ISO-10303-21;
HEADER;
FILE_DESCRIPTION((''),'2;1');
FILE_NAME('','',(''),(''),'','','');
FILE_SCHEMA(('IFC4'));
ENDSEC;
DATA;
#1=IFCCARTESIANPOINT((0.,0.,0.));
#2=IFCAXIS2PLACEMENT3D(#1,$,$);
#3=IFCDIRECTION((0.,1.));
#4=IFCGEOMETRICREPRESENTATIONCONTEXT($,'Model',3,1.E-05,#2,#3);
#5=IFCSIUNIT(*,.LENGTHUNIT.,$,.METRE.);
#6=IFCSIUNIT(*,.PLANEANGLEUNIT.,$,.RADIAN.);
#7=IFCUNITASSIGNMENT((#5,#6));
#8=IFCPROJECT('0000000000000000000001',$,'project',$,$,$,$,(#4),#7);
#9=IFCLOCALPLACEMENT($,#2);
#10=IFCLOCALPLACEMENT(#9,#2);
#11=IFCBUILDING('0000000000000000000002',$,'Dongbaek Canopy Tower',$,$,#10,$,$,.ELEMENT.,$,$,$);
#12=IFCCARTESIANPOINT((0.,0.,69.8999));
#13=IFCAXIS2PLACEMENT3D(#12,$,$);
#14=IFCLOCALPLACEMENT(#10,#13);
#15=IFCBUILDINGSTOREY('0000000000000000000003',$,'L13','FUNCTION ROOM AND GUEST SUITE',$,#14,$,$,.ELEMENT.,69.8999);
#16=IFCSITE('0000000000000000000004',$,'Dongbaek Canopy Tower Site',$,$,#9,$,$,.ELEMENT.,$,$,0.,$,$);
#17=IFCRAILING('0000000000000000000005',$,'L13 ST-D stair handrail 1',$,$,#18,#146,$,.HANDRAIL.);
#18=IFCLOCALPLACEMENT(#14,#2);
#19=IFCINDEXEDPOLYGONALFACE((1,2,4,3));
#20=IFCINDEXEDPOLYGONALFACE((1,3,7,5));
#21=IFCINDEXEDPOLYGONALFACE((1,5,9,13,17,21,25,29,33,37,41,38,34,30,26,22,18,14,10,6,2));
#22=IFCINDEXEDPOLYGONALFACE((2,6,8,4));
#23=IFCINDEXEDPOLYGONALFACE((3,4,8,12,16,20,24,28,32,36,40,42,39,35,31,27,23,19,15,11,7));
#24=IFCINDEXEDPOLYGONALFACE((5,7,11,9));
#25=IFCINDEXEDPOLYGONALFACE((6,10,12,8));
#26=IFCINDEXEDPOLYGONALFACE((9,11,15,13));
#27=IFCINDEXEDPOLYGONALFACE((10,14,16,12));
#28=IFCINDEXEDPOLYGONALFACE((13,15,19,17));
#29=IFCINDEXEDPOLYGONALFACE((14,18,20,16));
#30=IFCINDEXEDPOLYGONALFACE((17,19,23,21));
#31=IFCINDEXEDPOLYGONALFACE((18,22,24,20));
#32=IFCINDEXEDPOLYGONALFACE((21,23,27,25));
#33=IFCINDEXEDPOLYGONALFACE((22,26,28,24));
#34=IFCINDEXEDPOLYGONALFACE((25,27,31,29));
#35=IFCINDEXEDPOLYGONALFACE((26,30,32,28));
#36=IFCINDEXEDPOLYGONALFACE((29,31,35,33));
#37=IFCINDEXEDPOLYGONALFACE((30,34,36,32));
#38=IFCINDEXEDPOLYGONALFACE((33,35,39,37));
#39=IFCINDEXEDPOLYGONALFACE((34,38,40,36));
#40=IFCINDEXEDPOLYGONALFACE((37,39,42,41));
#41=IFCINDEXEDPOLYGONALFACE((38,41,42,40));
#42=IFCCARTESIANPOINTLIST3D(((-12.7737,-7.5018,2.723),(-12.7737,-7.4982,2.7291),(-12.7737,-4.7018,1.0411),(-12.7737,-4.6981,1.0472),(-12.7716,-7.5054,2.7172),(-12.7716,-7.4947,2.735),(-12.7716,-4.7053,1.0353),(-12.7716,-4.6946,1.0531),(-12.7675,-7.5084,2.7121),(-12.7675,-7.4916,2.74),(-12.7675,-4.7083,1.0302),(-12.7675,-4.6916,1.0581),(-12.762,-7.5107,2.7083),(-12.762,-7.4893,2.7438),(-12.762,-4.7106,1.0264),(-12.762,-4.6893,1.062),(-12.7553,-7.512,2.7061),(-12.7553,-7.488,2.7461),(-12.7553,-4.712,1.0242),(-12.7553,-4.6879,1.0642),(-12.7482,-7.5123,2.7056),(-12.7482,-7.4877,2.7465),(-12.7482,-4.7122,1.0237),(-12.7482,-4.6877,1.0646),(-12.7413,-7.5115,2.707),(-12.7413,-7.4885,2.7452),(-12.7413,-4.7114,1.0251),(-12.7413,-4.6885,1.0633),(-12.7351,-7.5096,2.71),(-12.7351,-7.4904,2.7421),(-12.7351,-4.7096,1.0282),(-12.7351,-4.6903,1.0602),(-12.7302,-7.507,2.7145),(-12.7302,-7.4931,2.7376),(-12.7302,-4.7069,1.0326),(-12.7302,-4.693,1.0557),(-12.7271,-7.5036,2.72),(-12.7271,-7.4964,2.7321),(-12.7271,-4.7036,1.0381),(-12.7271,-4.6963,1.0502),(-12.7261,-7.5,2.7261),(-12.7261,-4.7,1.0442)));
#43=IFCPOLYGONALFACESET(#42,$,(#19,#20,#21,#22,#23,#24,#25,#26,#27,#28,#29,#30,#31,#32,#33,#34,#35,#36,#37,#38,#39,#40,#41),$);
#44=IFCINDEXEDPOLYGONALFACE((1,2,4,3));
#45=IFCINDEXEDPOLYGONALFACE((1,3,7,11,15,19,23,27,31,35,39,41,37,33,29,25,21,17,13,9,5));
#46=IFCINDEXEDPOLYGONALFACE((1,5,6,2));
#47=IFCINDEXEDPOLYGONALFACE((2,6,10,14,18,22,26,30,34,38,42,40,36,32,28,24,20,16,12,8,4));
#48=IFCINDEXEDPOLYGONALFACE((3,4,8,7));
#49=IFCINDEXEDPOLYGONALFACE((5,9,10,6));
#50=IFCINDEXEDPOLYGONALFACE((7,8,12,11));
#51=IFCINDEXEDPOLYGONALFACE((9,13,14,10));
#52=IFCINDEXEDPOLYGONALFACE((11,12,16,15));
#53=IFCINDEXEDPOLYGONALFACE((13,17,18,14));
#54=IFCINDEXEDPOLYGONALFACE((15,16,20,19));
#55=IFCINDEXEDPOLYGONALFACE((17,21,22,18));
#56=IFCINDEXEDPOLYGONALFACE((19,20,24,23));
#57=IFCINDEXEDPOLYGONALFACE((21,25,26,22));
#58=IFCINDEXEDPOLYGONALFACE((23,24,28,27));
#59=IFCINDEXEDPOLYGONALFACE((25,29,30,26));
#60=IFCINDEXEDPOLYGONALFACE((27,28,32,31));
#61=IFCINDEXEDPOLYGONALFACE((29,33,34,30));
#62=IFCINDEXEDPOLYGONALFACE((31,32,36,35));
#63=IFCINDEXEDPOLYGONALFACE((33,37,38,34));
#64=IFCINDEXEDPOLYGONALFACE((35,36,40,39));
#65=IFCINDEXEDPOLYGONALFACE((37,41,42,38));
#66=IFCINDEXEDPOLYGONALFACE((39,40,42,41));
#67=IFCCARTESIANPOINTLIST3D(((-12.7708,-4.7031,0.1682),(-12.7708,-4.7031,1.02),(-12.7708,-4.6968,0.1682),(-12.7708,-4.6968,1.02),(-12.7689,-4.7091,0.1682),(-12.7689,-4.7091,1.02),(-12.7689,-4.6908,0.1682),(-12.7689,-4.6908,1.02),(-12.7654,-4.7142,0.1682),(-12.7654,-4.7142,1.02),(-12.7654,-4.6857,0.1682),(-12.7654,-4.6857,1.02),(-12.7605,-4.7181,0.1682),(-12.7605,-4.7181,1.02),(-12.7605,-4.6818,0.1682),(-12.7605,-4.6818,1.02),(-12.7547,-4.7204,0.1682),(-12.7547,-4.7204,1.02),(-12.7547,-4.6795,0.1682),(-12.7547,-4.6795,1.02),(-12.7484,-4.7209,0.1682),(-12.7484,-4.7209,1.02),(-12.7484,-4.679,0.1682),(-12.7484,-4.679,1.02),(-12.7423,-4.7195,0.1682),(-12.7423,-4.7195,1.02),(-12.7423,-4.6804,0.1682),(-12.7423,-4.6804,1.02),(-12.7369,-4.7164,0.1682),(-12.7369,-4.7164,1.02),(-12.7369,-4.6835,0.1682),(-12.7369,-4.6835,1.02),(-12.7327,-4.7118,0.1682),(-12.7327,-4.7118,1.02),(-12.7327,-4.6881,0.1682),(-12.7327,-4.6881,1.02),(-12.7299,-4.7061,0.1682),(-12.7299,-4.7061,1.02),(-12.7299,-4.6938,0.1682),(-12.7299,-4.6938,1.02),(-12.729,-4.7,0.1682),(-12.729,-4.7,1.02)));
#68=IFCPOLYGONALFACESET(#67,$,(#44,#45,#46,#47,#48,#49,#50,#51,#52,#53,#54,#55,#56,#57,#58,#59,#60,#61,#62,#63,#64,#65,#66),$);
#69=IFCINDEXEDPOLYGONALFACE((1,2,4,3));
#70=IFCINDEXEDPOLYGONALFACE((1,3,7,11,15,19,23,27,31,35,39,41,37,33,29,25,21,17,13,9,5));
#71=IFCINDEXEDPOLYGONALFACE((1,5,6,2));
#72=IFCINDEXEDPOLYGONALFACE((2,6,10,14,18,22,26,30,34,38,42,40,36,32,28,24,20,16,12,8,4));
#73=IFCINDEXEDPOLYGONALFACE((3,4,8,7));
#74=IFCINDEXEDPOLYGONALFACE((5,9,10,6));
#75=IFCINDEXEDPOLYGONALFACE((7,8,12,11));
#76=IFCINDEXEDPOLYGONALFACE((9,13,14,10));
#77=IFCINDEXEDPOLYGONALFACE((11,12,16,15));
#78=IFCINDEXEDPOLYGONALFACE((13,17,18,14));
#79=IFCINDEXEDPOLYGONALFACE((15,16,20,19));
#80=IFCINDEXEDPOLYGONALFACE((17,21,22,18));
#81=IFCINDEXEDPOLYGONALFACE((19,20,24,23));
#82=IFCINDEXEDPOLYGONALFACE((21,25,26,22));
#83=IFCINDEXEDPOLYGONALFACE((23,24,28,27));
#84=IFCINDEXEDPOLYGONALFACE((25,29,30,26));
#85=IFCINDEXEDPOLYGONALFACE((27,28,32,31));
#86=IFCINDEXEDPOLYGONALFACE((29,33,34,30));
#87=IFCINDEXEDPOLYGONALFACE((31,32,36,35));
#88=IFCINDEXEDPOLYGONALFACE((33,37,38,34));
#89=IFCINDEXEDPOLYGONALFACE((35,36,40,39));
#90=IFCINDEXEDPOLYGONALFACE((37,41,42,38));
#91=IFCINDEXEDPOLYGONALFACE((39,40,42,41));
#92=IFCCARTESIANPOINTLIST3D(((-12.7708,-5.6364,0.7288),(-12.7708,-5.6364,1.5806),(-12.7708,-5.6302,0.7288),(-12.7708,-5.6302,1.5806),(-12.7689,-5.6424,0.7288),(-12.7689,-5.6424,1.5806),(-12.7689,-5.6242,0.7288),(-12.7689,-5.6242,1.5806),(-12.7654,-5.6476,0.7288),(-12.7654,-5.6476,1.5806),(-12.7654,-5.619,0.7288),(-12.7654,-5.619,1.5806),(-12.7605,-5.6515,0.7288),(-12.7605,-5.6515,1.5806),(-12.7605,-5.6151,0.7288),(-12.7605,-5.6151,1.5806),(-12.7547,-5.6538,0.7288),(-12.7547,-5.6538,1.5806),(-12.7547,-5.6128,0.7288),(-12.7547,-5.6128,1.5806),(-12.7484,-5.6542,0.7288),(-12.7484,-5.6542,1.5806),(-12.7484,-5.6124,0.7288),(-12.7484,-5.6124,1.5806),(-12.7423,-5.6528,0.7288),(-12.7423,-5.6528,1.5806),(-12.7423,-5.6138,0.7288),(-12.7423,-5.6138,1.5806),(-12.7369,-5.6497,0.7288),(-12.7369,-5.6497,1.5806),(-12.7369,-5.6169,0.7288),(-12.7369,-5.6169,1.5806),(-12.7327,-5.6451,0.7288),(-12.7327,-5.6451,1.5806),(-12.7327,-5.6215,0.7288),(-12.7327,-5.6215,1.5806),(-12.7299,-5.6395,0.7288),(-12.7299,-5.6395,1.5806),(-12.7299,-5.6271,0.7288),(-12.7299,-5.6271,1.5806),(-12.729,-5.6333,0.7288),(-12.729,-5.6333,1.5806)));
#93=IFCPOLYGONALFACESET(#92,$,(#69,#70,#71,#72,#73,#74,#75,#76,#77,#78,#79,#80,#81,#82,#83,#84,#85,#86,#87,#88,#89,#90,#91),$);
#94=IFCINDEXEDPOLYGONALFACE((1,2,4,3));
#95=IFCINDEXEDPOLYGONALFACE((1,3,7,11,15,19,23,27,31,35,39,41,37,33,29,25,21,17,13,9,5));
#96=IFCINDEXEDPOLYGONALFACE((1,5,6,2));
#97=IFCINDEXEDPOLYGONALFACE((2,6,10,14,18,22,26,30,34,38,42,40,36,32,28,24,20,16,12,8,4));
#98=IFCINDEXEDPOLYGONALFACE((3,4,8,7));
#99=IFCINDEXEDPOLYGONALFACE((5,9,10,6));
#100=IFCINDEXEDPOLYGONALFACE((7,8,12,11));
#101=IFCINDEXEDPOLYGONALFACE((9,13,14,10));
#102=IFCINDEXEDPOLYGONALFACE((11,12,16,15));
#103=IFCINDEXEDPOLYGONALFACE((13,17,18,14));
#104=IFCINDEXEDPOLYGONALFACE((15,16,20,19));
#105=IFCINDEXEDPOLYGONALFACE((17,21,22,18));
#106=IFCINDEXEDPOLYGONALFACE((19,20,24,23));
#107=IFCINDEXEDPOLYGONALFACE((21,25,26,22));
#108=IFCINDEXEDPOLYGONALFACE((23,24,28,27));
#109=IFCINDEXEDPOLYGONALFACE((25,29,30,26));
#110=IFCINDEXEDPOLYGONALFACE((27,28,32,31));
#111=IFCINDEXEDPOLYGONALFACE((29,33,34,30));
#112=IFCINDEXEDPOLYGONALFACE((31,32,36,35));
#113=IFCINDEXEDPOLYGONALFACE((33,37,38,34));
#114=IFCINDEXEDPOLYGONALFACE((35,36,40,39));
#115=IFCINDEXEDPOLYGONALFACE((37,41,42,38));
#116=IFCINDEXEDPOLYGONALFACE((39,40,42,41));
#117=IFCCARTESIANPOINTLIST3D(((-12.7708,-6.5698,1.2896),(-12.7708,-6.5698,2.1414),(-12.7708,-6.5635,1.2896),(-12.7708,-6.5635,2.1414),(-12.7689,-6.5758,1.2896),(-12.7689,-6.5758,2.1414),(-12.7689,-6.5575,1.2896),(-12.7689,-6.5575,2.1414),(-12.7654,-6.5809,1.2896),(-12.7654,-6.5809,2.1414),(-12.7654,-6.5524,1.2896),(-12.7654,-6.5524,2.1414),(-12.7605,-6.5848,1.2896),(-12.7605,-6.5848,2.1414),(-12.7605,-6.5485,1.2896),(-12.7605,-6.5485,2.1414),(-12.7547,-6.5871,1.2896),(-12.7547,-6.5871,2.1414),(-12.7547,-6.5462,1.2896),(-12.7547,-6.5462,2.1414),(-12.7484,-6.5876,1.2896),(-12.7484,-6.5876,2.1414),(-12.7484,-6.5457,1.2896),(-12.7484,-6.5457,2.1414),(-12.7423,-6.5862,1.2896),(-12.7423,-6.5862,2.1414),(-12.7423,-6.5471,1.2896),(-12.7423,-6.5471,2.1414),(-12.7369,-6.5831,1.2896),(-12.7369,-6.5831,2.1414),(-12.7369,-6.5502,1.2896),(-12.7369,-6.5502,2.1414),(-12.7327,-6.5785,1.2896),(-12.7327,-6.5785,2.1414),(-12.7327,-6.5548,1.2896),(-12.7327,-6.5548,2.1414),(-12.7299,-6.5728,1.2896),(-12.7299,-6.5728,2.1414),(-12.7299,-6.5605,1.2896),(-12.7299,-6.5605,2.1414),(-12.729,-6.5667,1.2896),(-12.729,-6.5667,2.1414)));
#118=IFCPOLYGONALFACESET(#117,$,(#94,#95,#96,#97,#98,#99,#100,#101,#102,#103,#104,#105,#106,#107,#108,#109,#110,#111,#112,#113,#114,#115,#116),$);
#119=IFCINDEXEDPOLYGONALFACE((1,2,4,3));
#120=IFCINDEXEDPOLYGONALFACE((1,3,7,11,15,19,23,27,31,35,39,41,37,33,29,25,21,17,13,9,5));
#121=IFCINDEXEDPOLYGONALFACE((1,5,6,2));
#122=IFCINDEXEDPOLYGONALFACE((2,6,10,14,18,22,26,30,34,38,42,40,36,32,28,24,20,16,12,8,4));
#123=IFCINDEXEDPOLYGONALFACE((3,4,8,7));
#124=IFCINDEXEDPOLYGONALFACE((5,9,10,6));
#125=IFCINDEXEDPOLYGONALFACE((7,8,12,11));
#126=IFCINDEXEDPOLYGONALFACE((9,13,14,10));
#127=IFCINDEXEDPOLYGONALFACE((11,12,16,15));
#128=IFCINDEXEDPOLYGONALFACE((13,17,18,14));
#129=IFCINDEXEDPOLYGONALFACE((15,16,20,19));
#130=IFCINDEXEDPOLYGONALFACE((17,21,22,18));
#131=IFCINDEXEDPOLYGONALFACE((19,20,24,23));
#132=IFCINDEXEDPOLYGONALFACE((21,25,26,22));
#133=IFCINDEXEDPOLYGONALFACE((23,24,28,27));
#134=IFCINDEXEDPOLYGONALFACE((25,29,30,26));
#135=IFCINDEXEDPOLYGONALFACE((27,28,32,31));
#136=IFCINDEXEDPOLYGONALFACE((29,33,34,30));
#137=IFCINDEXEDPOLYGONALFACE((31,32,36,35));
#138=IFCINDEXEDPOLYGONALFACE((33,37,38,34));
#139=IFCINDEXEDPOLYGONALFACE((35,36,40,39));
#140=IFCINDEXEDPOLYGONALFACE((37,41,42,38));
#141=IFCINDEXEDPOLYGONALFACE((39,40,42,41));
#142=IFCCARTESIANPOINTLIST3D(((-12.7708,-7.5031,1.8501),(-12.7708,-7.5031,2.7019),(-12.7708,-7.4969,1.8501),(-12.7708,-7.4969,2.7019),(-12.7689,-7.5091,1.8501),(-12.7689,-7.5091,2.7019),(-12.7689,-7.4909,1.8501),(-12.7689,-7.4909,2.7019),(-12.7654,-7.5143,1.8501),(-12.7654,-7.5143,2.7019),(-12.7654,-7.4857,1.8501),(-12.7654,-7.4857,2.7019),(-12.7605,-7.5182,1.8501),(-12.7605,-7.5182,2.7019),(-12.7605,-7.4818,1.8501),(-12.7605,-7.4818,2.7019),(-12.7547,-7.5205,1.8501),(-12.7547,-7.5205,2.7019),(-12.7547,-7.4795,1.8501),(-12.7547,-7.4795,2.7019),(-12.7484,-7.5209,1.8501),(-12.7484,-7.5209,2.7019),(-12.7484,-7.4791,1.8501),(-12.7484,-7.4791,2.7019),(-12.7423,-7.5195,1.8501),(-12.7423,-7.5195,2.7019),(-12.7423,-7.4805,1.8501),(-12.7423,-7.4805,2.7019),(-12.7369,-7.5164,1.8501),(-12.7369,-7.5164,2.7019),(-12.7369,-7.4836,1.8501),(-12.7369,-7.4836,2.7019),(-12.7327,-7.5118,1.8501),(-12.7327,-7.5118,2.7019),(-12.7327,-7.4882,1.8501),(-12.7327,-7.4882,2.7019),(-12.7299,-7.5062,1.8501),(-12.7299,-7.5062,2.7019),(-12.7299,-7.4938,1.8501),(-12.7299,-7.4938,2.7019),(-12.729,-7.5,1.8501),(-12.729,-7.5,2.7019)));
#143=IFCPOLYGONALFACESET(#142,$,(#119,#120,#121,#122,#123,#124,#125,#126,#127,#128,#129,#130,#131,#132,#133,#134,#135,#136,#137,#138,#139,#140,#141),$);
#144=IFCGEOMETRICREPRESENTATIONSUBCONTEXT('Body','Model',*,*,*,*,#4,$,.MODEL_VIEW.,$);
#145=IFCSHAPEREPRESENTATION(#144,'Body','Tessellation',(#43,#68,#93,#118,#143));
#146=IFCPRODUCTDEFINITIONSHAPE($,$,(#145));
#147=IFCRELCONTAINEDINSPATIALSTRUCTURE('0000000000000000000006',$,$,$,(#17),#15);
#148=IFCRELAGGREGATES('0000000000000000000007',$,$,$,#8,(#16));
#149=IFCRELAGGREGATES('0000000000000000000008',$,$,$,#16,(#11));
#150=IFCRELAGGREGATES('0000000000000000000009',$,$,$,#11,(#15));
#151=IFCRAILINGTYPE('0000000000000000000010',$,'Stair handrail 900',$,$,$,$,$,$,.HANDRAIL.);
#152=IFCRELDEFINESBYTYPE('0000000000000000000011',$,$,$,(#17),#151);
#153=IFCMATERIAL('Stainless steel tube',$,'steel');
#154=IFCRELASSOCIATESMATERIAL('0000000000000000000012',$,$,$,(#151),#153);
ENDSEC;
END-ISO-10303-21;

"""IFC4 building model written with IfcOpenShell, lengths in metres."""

from ifc_helpers import new_model, si_unit, direction, frame, origin, origin_2d, place, context, subcontext, project, spatial, circle, extrude, material, type_object, element, save


model = new_model("IFC4")

# Units and contexts
model_context = context("Model", 3, precision=1e-05, world=origin(), true_north=direction((0.0, 1.0)))
body_context = subcontext(model_context, "Body", "Model", "MODEL_VIEW")
ifc_project = project(units=[si_unit("LENGTHUNIT", "METRE"), si_unit("PLANEANGLEUNIT", "RADIAN")], contexts=[model_context])

# Site, building, storey
site_placement = place(None, origin())
site = spatial("IfcSite", under=ifc_project, at=site_placement, Name="Dongbaek Canopy Tower Site", CompositionType="ELEMENT", RefElevation=0.0)
building_placement = place(site_placement, origin())
building = spatial("IfcBuilding", under=site, at=building_placement, Name="Dongbaek Canopy Tower", CompositionType="ELEMENT")
storey_placement = place(building_placement, frame((0.0, 0.0, 69.8999)))
storey = spatial("IfcBuildingStorey", under=building, at=storey_placement, Name="L13", Description="FUNCTION ROOM AND GUEST SUITE", CompositionType="ELEMENT", Elevation=69.8999)

# Railing
ifc_material_1 = material(Name="Stainless steel tube", Category="steel")
railing_type_1 = type_object("IfcRailingType", Name="Stair handrail 900", PredefinedType="HANDRAIL", material=ifc_material_1)
railing_1_placement = place(storey_placement, frame((-12.75, -4.7, 0.1682)))
element("IfcRailing", 1, at=railing_1_placement, inside=storey, type_object=railing_type_1, Name="L13 ST-D stair handrail 1", PredefinedType="HANDRAIL", context=body_context, shape_type="SweptSolid", body=[
    extrude(circle(Radius=0.0239, at=origin_2d()), frame((0.0, 0.0, 0.876), z_axis=(0.0, -0.857242, 0.514913), x_axis=(1.0, 0.0, 0.0)), (0.0, 0.0, 1.0), 3.2664),
    extrude(circle(Radius=0.021, at=origin_2d()), origin(), (0.0, 0.0, 1.0), 0.8518),
    extrude(circle(Radius=0.021, at=origin_2d()), frame((0.0, -0.9333, 0.5605)), (0.0, 0.0, 1.0), 0.8518),
    extrude(circle(Radius=0.021, at=origin_2d()), frame((0.0, -1.8667, 1.1213)), (0.0, 0.0, 1.0), 0.8518),
    extrude(circle(Radius=0.021, at=origin_2d()), frame((0.0, -2.8, 1.6819)), (0.0, 0.0, 1.0), 0.8518),
])

save(model, "model.ifc")
